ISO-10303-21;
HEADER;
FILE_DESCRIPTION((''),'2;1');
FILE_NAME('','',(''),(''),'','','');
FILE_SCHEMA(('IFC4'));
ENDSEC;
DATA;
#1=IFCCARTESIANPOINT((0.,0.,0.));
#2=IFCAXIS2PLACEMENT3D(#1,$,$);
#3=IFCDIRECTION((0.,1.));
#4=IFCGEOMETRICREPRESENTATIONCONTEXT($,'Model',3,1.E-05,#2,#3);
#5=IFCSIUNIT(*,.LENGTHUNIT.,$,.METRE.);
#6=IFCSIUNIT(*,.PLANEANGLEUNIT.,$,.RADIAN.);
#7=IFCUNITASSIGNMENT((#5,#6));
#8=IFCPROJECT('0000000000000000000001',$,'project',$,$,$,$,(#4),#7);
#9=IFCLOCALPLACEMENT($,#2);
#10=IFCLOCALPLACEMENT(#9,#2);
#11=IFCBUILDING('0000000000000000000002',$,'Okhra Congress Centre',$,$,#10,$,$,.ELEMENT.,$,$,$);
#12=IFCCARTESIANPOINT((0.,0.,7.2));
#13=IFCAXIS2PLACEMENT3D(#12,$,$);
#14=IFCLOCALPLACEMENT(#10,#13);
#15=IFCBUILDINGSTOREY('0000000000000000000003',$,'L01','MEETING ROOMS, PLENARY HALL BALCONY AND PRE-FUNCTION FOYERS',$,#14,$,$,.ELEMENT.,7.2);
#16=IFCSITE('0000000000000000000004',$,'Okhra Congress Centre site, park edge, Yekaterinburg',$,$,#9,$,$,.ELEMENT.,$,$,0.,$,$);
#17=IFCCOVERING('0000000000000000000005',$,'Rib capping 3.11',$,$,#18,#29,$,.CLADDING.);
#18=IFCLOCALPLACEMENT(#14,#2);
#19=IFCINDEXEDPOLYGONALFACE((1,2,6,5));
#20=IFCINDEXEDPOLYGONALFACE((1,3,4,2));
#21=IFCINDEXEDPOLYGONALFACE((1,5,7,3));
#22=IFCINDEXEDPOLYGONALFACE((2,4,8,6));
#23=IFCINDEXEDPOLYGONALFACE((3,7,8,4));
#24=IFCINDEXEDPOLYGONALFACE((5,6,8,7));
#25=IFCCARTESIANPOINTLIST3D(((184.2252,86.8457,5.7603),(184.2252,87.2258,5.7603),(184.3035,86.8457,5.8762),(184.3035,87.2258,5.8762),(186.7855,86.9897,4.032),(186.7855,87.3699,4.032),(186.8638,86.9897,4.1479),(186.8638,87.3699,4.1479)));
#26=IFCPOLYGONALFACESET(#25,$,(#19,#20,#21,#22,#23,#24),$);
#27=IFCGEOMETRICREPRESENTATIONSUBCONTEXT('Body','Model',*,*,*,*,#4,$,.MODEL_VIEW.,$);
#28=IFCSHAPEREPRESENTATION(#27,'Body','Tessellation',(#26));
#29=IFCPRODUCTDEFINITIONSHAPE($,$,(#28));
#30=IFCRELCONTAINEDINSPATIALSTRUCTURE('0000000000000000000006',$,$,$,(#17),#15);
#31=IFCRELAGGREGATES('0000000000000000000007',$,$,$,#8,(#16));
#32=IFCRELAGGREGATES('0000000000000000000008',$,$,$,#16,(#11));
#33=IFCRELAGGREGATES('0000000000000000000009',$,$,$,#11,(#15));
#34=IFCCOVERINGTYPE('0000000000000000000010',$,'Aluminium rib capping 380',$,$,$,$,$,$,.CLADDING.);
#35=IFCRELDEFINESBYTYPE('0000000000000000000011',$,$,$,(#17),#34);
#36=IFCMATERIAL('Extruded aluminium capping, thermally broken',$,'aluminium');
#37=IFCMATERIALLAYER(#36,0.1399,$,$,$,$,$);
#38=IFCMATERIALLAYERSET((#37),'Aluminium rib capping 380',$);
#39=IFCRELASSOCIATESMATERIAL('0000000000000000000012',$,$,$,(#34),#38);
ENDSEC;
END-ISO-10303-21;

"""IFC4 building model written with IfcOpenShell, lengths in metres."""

from ifc_helpers import new_model, si_unit, direction, frame, origin, place, context, subcontext, project, spatial, polyline, outline, extrude, material, layer, layer_set, type_object, element, save


model = new_model("IFC4")

# Units and contexts
model_context = context("Model", 3, precision=1e-05, world=origin(), true_north=direction((0.0, 1.0)))
body_context = subcontext(model_context, "Body", "Model", "MODEL_VIEW")
ifc_project = project(units=[si_unit("LENGTHUNIT", "METRE"), si_unit("PLANEANGLEUNIT", "RADIAN")], contexts=[model_context])

# Site, building, storey
site_placement = place(None, origin())
site = spatial("IfcSite", under=ifc_project, at=site_placement, Name="Okhra Congress Centre site, park edge, Yekaterinburg", CompositionType="ELEMENT", RefElevation=0.0)
building_placement = place(site_placement, origin())
building = spatial("IfcBuilding", under=site, at=building_placement, Name="Okhra Congress Centre", CompositionType="ELEMENT")
storey_placement = place(building_placement, frame((0.0, 0.0, 7.2)))
storey = spatial("IfcBuildingStorey", under=building, at=storey_placement, Name="L01", Description="MEETING ROOMS, PLENARY HALL BALCONY AND PRE-FUNCTION FOYERS", CompositionType="ELEMENT", Elevation=7.2)

# Covering
ifc_material_1 = material(Name="Extruded aluminium capping, thermally broken", Category="aluminium")
ifc_layer_1 = layer(ifc_material_1, 0.1399)
ifc_layer_set_1 = layer_set([ifc_layer_1], Name="Aluminium rib capping 380")
covering_type = type_object("IfcCoveringType", Name="Aluminium rib capping 380", PredefinedType="CLADDING", material=ifc_layer_set_1)
covering_1_placement = place(storey_placement, frame((184.3035, 86.8457, 5.8762), z_axis=(0.559488, 0.0, 0.828839), x_axis=(0.827939, 0.04658, -0.55888)))
element("IfcCovering", 1, at=covering_1_placement, inside=storey, type_object=covering_type, Name="Rib capping 3.11", PredefinedType="CLADDING", context=body_context, shape_type="SweptSolid", body=[
    extrude(outline(polyline([(0.0, 0.0), (3.0924, 0.0), (3.1101, 0.3797), (0.0177, 0.3797), (0.0, 0.0)])), origin(), (0.0, 0.0, -1.0), 0.1399),
])

save(model, "model.ifc")
